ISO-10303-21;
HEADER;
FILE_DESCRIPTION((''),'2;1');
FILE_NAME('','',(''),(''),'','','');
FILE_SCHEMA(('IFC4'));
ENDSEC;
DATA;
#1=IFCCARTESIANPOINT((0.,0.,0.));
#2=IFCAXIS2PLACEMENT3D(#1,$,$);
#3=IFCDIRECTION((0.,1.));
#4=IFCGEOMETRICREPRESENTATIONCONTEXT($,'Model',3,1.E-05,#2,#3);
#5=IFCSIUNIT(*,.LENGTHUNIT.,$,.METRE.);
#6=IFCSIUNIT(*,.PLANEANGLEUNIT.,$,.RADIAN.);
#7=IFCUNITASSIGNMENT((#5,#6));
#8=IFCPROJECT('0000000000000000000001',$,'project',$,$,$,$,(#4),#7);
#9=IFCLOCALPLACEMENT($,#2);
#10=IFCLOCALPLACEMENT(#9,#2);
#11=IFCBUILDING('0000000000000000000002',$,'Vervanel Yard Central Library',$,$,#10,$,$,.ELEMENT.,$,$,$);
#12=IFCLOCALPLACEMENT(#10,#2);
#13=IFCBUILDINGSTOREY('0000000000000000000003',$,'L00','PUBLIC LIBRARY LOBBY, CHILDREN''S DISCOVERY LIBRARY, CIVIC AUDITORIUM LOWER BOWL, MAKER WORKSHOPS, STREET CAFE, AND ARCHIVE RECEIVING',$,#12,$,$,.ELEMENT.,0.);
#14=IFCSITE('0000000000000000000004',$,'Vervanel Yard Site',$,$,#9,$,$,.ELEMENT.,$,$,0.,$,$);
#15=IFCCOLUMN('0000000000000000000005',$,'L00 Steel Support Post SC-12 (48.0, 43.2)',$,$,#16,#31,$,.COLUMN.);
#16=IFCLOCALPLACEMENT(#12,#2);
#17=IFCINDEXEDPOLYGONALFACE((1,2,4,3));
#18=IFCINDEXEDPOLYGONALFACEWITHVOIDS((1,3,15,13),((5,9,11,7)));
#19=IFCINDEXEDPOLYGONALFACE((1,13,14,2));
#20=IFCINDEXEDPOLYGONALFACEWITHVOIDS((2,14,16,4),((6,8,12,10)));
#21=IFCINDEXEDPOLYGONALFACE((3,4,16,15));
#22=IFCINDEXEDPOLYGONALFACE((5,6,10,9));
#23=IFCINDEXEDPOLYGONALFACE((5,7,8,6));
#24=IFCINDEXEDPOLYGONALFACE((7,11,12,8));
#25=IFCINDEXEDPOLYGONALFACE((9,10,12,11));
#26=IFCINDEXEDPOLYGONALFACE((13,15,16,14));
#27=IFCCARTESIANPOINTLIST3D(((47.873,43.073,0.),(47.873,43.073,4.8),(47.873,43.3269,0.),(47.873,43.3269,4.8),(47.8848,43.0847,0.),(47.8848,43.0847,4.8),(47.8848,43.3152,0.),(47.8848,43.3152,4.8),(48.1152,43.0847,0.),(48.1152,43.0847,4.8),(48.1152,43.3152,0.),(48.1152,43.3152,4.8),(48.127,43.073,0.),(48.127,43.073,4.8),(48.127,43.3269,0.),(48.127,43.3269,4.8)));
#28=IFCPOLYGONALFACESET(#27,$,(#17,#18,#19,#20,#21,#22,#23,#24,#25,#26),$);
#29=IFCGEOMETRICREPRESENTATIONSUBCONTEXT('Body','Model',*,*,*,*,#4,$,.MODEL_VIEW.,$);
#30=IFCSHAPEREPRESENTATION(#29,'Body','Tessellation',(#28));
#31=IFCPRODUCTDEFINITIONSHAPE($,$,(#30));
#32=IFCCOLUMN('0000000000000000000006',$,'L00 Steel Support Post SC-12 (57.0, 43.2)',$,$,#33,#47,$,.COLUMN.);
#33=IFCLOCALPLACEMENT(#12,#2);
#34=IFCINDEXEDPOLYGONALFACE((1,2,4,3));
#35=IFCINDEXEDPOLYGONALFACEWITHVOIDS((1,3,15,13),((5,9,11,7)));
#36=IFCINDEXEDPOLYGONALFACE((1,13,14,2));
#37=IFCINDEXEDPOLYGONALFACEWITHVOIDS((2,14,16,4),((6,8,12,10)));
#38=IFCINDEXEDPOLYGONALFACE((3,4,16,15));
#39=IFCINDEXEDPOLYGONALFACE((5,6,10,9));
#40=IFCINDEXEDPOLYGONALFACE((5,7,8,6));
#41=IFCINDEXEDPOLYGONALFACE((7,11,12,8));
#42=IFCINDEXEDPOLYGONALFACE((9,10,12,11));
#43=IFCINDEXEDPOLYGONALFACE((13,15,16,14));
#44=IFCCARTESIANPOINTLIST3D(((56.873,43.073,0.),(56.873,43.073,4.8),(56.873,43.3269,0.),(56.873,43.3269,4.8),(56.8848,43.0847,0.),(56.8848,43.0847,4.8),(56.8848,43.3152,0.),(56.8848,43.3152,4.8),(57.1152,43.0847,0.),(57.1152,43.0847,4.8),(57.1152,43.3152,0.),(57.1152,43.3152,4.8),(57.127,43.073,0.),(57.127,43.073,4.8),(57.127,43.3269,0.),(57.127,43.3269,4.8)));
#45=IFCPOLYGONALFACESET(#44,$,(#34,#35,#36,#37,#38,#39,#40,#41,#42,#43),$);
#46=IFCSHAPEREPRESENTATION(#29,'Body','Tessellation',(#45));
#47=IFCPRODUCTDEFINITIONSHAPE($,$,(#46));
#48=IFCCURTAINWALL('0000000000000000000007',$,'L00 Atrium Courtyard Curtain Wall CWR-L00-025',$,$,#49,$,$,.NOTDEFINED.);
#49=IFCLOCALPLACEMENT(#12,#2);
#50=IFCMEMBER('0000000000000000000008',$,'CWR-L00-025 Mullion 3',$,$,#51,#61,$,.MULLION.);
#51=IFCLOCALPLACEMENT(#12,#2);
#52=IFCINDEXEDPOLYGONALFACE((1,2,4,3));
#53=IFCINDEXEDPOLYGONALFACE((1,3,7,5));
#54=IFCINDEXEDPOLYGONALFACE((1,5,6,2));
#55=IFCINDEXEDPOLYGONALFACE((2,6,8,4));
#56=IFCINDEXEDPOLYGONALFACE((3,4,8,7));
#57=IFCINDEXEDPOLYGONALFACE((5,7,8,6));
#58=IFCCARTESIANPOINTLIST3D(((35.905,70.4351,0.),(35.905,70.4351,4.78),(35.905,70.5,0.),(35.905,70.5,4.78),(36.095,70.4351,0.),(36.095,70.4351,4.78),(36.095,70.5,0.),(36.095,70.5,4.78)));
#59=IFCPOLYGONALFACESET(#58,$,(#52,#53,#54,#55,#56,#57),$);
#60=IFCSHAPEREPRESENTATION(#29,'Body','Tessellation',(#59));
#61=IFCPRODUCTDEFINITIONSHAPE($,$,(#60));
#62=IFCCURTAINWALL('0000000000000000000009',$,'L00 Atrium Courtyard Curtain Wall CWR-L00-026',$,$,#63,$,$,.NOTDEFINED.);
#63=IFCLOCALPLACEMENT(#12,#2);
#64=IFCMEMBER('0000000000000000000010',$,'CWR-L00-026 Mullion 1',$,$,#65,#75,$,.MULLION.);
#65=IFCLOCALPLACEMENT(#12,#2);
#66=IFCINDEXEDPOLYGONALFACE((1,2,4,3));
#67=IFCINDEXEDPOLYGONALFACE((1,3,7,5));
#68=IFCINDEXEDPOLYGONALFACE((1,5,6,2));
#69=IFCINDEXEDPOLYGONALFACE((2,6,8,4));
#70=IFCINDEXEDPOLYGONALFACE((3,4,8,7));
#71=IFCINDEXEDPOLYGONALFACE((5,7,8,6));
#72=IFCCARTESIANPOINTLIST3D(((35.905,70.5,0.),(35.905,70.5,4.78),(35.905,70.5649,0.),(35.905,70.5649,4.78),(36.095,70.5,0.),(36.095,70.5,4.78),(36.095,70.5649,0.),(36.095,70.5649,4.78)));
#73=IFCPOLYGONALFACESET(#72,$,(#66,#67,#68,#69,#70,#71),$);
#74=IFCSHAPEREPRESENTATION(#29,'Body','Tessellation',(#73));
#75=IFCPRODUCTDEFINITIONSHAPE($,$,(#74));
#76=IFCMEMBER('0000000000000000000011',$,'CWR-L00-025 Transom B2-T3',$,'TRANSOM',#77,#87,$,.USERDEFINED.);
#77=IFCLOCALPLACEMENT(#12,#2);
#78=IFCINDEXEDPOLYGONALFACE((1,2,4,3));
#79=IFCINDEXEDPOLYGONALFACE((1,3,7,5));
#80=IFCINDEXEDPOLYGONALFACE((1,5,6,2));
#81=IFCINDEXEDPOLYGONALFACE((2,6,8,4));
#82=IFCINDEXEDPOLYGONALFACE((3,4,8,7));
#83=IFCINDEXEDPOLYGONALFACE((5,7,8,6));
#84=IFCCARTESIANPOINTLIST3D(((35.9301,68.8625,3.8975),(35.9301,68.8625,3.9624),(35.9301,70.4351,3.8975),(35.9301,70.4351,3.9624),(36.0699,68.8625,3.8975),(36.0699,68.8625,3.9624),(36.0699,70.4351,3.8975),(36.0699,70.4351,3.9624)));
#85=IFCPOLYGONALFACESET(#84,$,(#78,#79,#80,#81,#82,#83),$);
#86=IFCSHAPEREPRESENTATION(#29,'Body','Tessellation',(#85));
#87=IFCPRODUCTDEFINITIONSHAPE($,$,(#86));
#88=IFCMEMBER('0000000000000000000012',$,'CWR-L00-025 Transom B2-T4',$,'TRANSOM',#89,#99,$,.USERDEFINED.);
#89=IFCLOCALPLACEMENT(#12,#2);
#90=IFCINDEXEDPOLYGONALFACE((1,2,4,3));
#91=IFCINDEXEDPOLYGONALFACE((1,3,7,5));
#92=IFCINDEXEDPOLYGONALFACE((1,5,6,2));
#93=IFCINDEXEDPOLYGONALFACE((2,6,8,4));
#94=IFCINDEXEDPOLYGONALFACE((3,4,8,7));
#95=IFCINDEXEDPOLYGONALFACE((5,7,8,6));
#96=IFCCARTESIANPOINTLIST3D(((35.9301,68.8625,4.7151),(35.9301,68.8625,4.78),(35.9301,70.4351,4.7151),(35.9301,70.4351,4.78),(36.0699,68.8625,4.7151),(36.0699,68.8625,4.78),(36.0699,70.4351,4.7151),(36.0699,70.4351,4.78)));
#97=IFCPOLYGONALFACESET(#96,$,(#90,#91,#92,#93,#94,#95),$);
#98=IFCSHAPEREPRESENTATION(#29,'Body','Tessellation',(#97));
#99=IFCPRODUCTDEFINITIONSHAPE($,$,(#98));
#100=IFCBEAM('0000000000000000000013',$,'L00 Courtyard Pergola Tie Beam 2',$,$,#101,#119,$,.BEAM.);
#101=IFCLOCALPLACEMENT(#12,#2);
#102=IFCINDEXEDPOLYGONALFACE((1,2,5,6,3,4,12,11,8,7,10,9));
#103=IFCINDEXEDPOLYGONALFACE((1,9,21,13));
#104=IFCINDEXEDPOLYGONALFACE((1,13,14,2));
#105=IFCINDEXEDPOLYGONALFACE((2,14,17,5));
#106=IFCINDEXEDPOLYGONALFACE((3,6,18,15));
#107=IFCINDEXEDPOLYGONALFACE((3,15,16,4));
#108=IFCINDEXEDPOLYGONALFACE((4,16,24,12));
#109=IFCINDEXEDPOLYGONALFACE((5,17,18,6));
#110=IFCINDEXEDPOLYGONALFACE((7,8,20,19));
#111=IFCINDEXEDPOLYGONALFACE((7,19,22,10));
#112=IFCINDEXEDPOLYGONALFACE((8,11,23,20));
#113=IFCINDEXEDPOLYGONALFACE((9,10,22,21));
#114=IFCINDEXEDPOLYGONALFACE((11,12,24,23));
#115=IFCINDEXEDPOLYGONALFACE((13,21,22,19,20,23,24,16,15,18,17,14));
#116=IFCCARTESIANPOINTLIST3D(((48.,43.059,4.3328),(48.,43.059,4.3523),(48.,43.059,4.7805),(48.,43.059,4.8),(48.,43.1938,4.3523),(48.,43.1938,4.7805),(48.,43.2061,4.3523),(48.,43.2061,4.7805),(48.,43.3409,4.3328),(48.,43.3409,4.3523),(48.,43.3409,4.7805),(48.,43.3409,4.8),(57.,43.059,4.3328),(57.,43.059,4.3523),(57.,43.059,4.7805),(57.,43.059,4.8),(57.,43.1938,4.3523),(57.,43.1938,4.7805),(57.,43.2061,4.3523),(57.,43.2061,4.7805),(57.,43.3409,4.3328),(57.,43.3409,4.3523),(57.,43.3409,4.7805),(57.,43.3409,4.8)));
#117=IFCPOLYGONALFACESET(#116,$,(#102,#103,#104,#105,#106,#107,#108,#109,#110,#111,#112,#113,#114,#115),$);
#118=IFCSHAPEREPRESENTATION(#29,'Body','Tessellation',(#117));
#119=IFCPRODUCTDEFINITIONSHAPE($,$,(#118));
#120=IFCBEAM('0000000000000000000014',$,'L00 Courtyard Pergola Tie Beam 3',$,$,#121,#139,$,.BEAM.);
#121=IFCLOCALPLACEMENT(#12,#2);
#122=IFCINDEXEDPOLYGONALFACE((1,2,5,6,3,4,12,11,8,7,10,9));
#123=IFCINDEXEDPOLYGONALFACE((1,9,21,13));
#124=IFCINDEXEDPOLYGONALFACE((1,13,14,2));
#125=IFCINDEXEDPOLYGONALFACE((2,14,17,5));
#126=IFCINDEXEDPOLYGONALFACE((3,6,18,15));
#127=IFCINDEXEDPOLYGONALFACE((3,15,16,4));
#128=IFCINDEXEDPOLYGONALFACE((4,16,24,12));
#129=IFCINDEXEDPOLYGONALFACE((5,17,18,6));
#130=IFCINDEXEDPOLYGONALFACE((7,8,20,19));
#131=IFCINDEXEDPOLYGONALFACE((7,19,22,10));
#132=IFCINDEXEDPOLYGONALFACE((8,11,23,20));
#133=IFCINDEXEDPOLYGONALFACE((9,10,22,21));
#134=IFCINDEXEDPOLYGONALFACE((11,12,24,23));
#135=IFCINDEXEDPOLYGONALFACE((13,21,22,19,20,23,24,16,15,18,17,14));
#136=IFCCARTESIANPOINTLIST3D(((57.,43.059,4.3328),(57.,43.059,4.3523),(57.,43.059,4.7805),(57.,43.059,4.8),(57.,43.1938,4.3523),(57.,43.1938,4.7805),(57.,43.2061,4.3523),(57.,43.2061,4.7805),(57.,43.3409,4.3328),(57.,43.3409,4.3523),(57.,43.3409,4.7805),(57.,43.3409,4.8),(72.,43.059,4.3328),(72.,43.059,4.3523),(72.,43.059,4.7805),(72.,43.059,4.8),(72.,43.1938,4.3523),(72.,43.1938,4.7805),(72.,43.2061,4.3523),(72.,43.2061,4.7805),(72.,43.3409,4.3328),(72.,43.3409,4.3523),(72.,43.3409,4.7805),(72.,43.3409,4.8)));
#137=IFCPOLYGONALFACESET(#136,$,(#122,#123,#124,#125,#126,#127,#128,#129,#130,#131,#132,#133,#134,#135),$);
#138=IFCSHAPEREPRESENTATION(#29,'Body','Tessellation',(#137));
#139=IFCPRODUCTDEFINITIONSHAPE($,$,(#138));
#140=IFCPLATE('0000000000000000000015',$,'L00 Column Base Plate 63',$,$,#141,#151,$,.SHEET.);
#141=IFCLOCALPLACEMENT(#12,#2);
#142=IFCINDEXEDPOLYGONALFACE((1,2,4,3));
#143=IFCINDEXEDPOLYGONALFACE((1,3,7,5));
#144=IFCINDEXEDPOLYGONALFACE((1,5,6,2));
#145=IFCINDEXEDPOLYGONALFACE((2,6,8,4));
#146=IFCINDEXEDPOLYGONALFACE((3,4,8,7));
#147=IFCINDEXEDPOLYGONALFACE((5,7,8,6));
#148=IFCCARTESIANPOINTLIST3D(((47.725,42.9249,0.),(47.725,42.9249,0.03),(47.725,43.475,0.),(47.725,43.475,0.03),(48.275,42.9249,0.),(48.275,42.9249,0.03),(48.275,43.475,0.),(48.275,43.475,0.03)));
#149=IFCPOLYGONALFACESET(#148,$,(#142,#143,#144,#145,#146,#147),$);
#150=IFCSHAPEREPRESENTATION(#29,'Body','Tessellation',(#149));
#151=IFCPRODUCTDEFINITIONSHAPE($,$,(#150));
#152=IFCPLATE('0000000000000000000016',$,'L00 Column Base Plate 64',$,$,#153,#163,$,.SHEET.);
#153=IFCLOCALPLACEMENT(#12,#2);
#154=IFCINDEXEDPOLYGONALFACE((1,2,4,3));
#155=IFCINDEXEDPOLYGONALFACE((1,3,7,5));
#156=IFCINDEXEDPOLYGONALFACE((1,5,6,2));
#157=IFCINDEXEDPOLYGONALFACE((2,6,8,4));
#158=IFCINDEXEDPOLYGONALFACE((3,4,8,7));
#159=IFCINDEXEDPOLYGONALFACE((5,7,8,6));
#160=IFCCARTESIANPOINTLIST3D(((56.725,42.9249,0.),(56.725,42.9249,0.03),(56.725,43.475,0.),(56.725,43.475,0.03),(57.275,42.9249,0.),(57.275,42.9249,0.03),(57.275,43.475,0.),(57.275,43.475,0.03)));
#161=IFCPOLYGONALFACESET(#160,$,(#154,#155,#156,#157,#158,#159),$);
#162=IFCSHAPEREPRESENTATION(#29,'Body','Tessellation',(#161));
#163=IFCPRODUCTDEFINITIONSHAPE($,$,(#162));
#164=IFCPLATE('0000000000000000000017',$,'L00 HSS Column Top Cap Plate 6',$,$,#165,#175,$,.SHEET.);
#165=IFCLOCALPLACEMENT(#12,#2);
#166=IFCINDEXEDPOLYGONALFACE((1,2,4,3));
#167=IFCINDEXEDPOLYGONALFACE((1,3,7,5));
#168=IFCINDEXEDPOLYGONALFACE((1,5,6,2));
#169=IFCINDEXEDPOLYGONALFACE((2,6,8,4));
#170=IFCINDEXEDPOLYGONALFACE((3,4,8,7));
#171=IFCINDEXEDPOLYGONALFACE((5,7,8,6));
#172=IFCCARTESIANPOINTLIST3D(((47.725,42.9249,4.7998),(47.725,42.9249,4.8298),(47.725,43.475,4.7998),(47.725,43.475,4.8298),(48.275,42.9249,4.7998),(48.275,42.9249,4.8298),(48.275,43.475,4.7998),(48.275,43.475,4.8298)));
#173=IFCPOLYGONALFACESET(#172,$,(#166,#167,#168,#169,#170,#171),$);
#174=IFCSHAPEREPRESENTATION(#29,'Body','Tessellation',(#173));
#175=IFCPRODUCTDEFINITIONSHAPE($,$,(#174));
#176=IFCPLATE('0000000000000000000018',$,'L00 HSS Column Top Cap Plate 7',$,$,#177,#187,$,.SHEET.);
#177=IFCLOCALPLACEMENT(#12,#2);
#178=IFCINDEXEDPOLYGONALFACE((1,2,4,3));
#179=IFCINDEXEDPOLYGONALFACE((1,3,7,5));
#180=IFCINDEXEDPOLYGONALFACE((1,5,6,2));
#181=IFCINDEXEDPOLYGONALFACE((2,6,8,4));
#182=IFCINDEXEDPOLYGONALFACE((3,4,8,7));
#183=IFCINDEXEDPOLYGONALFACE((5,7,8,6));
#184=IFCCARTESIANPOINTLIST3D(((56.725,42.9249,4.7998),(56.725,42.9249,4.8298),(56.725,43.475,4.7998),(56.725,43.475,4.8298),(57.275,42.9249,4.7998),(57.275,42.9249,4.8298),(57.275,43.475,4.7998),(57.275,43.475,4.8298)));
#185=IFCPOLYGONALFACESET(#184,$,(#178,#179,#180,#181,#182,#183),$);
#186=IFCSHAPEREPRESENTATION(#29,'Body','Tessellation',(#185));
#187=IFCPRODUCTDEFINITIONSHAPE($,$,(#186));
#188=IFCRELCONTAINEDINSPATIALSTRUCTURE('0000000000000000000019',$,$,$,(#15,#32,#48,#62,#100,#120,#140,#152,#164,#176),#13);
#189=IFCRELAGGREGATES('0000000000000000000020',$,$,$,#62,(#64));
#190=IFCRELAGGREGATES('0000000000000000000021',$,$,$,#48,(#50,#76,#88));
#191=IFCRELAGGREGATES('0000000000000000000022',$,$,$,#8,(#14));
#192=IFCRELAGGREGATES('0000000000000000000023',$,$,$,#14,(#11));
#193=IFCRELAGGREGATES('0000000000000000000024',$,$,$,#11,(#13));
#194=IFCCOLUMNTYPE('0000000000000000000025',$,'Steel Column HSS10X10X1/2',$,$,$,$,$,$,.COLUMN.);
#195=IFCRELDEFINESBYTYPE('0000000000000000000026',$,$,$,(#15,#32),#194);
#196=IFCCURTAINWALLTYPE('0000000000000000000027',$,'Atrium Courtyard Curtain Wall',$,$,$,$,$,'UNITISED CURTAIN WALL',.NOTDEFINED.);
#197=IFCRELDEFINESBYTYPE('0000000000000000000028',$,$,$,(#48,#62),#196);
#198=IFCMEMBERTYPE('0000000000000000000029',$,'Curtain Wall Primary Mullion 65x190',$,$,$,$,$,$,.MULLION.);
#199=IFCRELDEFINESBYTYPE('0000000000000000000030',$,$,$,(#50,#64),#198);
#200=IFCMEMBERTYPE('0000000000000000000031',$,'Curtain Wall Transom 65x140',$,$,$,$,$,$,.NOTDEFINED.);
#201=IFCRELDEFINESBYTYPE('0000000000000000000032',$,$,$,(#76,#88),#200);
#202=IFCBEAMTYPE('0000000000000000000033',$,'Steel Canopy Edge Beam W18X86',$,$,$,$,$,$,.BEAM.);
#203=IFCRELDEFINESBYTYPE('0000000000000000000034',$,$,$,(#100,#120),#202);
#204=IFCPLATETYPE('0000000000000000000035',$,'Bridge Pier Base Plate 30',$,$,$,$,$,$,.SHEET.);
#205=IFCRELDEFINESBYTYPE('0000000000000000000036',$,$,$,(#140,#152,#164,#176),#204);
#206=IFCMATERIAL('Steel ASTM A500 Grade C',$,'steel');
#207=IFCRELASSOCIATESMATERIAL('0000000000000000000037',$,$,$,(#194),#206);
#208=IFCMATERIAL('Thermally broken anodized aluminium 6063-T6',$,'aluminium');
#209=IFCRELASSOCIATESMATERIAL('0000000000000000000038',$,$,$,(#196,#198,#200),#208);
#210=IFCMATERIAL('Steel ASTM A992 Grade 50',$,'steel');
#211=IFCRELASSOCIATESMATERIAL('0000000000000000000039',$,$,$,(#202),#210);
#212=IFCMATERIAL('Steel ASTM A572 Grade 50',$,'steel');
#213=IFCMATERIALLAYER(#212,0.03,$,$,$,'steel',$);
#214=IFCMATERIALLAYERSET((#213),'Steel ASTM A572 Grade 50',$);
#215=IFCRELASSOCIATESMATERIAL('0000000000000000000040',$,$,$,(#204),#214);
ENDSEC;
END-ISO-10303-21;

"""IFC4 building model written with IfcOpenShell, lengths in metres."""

from ifc_helpers import new_model, si_unit, direction, frame, origin, origin_2d, place, context, subcontext, project, spatial, rectangle, hollow_rectangle, i_section, extrude, material, layer, layer_set, material_profile, profile_set, type_object, element, aggregate, save


model = new_model("IFC4")

# Units and contexts
model_context = context("Model", 3, precision=1e-05, world=origin(), true_north=direction((0.0, 1.0)))
body_context = subcontext(model_context, "Body", "Model", "MODEL_VIEW")
ifc_project = project(units=[si_unit("LENGTHUNIT", "METRE"), si_unit("PLANEANGLEUNIT", "RADIAN")], contexts=[model_context])

# Site, building, storey
site_placement = place(None, origin())
site = spatial("IfcSite", under=ifc_project, at=site_placement, Name="Vervanel Yard Site", CompositionType="ELEMENT", RefElevation=0.0)
building_placement = place(site_placement, origin())
building = spatial("IfcBuilding", under=site, at=building_placement, Name="Vervanel Yard Central Library", CompositionType="ELEMENT")
storey_placement = place(building_placement, origin())
storey = spatial("IfcBuildingStorey", under=building, at=storey_placement, Name="L00", Description="PUBLIC LIBRARY LOBBY, CHILDREN'S DISCOVERY LIBRARY, CIVIC AUDITORIUM LOWER BOWL, MAKER WORKSHOPS, STREET CAFE, AND ARCHIVE RECEIVING", CompositionType="ELEMENT", Elevation=0.0)

# Shared definitions
ifc_material_1 = material(Name="Steel ASTM A992 Grade 50", Category="steel")

# Columns
ifc_material_2 = material(Name="Steel ASTM A500 Grade C", Category="steel")
ifc_material_profile_1 = material_profile(ifc_material_2, hollow_rectangle(XDim=0.2539, YDim=0.2539, WallThickness=0.0117, at=origin_2d()), Name="HSS10X10X1/2", Category="steel")
ifc_profile_set_1 = profile_set([ifc_material_profile_1], Name="Steel ASTM A500 Grade C")
column_type = type_object("IfcColumnType", Name="Steel Column HSS10X10X1/2", PredefinedType="COLUMN", material=ifc_profile_set_1)
for number, where, z_axis, x_axis, name in (
    (1, (48.0, 43.2, 0.0), (0.0, 0.0, 1.0), (1.0, 0.0, 0.0), "L00 Steel Support Post SC-12 (48.0, 43.2)"),
    (2, (57.0, 43.2, 0.0), (0.0, 0.0, 1.0), (1.0, 0.0, 0.0), "L00 Steel Support Post SC-12 (57.0, 43.2)"),
):
    element("IfcColumn", number, at=place(storey_placement, frame(where, z_axis=z_axis, x_axis=x_axis)), inside=storey, type_object=column_type, Name=name, PredefinedType="COLUMN", context=body_context, shape_type="SweptSolid", body=[
        extrude(hollow_rectangle(XDim=0.2539, YDim=0.2539, WallThickness=0.0117, at=origin_2d()), origin(), (0.0, 0.0, 1.0), 4.8),
    ])

# Curtain walls, members
ifc_material_3 = material(Name="Thermally broken anodized aluminium 6063-T6", Category="aluminium")
curtain_wall_type = type_object("IfcCurtainWallType", Name="Atrium Courtyard Curtain Wall", ElementType="UNITISED CURTAIN WALL", PredefinedType="NOTDEFINED", material=ifc_material_3)
curtain_wall_1_placement = place(storey_placement, origin())
curtain_wall_1 = element("IfcCurtainWall", 3, at=curtain_wall_1_placement, inside=storey, type_object=curtain_wall_type, Name="L00 Atrium Courtyard Curtain Wall CWR-L00-025", PredefinedType="NOTDEFINED")
ifc_material_profile_2 = material_profile(ifc_material_3, rectangle(XDim=0.0649, YDim=0.1899, at=origin_2d()), Name="ALU 65x190", Category="aluminium")
ifc_profile_set_2 = profile_set([ifc_material_profile_2], Name="Thermally broken anodized aluminium 6063-T6")
member_type_1 = type_object("IfcMemberType", Name="Curtain Wall Primary Mullion 65x190", PredefinedType="MULLION", material=ifc_profile_set_2)
member_1_placement = place(storey_placement, frame((36.0, 70.4675, 0.0), z_axis=(0.0, 0.0, 1.0), x_axis=(0.0, 1.0, 0.0)))
member_1 = element("IfcMember", 4, at=member_1_placement, type_object=member_type_1, Name="CWR-L00-025 Mullion 3", PredefinedType="MULLION", context=body_context, shape_type="SweptSolid", body=[
    extrude(rectangle(XDim=0.0649, YDim=0.1899, at=origin_2d()), origin(), (0.0, 0.0, 1.0), 4.78),
])
curtain_wall_2_placement = place(storey_placement, origin())
curtain_wall_2 = element("IfcCurtainWall", 5, at=curtain_wall_2_placement, inside=storey, type_object=curtain_wall_type, Name="L00 Atrium Courtyard Curtain Wall CWR-L00-026", PredefinedType="NOTDEFINED")
member_2_placement = place(storey_placement, frame((36.0, 70.5325, 0.0), z_axis=(0.0, 0.0, 1.0), x_axis=(0.0, 1.0, 0.0)))
member_2 = element("IfcMember", 6, at=member_2_placement, type_object=member_type_1, Name="CWR-L00-026 Mullion 1", PredefinedType="MULLION", context=body_context, shape_type="SweptSolid", body=[
    extrude(rectangle(XDim=0.0649, YDim=0.1899, at=origin_2d()), origin(), (0.0, 0.0, 1.0), 4.78),
])
aggregate(curtain_wall_2, [member_2])

# Members
ifc_material_profile_3 = material_profile(ifc_material_3, rectangle(XDim=0.0649, YDim=0.1399, at=origin_2d()), Name="ALU 65x140", Category="aluminium")
ifc_profile_set_3 = profile_set([ifc_material_profile_3], Name="Thermally broken anodized aluminium 6063-T6")
member_type_2 = type_object("IfcMemberType", Name="Curtain Wall Transom 65x140", PredefinedType="NOTDEFINED", material=ifc_profile_set_3)
member_3_placement = place(storey_placement, frame((36.0, 68.8625, 3.9299), z_axis=(0.0, 1.0, 0.0), x_axis=(0.0, 0.0, 1.0)))
member_3 = element("IfcMember", 7, at=member_3_placement, type_object=member_type_2, Name="CWR-L00-025 Transom B2-T3", ObjectType="TRANSOM", PredefinedType="USERDEFINED", context=body_context, shape_type="SweptSolid", body=[
    extrude(rectangle(XDim=0.0649, YDim=0.1399, at=origin_2d()), origin(), (0.0, 0.0, 1.0), 1.5725),
])
member_4_placement = place(storey_placement, frame((36.0, 68.8625, 4.7476), z_axis=(0.0, 1.0, 0.0), x_axis=(0.0, 0.0, 1.0)))
member_4 = element("IfcMember", 8, at=member_4_placement, type_object=member_type_2, Name="CWR-L00-025 Transom B2-T4", ObjectType="TRANSOM", PredefinedType="USERDEFINED", context=body_context, shape_type="SweptSolid", body=[
    extrude(rectangle(XDim=0.0649, YDim=0.1399, at=origin_2d()), origin(), (0.0, 0.0, 1.0), 1.5725),
])

# Beams
ifc_material_profile_4 = material_profile(ifc_material_1, i_section(OverallWidth=0.282, OverallDepth=0.4673, WebThickness=0.0122, FlangeThickness=0.0195, at=origin_2d()), Name="W18X86", Category="steel")
ifc_profile_set_4 = profile_set([ifc_material_profile_4], Name="Steel ASTM A992 Grade 50")
beam_type = type_object("IfcBeamType", Name="Steel Canopy Edge Beam W18X86", PredefinedType="BEAM", material=ifc_profile_set_4)
beam_1_placement = place(storey_placement, frame((48.0, 43.2, 4.5664), z_axis=(1.0, 0.0, 0.0), x_axis=(0.0, 1.0, 0.0)))
element("IfcBeam", 9, at=beam_1_placement, inside=storey, type_object=beam_type, Name="L00 Courtyard Pergola Tie Beam 2", PredefinedType="BEAM", context=body_context, shape_type="SweptSolid", body=[
    extrude(i_section(OverallWidth=0.282, OverallDepth=0.4673, WebThickness=0.0122, FlangeThickness=0.0195, at=origin_2d()), origin(), (0.0, 0.0, 1.0), 9.0),
])
beam_2_placement = place(storey_placement, frame((57.0, 43.2, 4.5664), z_axis=(1.0, 0.0, 0.0), x_axis=(0.0, 1.0, 0.0)))
element("IfcBeam", 10, at=beam_2_placement, inside=storey, type_object=beam_type, Name="L00 Courtyard Pergola Tie Beam 3", PredefinedType="BEAM", context=body_context, shape_type="SweptSolid", body=[
    extrude(i_section(OverallWidth=0.282, OverallDepth=0.4673, WebThickness=0.0122, FlangeThickness=0.0195, at=origin_2d()), origin(), (0.0, 0.0, 1.0), 15.0),
])

# Plates
ifc_material_4 = material(Name="Steel ASTM A572 Grade 50", Category="steel")
ifc_layer_1 = layer(ifc_material_4, 0.03, Category="steel")
ifc_layer_set_1 = layer_set([ifc_layer_1], Name="Steel ASTM A572 Grade 50")
plate_type_1 = type_object("IfcPlateType", Name="Bridge Pier Base Plate 30", PredefinedType="SHEET", material=ifc_layer_set_1)
for number, where, z_axis, x_axis, name in (
    (11, (48.0, 43.2, 0.0), (0.0, 0.0, 1.0), (1.0, 0.0, 0.0), "L00 Column Base Plate 63"),
    (12, (57.0, 43.2, 0.0), (0.0, 0.0, 1.0), (1.0, 0.0, 0.0), "L00 Column Base Plate 64"),
    (13, (48.0, 43.2, 4.7998), (0.0, 0.0, 1.0), (1.0, 0.0, 0.0), "L00 HSS Column Top Cap Plate 6"),
    (14, (57.0, 43.2, 4.7998), (0.0, 0.0, 1.0), (1.0, 0.0, 0.0), "L00 HSS Column Top Cap Plate 7"),
):
    element("IfcPlate", number, at=place(storey_placement, frame(where, z_axis=z_axis, x_axis=x_axis)), inside=storey, type_object=plate_type_1, Name=name, PredefinedType="SHEET", context=body_context, shape_type="SweptSolid", body=[
        extrude(rectangle(XDim=0.55, YDim=0.55, at=origin_2d()), origin(), (0.0, 0.0, 1.0), 0.03),
    ])

aggregate(curtain_wall_1, [member_1, member_3, member_4])

save(model, "model.ifc")
